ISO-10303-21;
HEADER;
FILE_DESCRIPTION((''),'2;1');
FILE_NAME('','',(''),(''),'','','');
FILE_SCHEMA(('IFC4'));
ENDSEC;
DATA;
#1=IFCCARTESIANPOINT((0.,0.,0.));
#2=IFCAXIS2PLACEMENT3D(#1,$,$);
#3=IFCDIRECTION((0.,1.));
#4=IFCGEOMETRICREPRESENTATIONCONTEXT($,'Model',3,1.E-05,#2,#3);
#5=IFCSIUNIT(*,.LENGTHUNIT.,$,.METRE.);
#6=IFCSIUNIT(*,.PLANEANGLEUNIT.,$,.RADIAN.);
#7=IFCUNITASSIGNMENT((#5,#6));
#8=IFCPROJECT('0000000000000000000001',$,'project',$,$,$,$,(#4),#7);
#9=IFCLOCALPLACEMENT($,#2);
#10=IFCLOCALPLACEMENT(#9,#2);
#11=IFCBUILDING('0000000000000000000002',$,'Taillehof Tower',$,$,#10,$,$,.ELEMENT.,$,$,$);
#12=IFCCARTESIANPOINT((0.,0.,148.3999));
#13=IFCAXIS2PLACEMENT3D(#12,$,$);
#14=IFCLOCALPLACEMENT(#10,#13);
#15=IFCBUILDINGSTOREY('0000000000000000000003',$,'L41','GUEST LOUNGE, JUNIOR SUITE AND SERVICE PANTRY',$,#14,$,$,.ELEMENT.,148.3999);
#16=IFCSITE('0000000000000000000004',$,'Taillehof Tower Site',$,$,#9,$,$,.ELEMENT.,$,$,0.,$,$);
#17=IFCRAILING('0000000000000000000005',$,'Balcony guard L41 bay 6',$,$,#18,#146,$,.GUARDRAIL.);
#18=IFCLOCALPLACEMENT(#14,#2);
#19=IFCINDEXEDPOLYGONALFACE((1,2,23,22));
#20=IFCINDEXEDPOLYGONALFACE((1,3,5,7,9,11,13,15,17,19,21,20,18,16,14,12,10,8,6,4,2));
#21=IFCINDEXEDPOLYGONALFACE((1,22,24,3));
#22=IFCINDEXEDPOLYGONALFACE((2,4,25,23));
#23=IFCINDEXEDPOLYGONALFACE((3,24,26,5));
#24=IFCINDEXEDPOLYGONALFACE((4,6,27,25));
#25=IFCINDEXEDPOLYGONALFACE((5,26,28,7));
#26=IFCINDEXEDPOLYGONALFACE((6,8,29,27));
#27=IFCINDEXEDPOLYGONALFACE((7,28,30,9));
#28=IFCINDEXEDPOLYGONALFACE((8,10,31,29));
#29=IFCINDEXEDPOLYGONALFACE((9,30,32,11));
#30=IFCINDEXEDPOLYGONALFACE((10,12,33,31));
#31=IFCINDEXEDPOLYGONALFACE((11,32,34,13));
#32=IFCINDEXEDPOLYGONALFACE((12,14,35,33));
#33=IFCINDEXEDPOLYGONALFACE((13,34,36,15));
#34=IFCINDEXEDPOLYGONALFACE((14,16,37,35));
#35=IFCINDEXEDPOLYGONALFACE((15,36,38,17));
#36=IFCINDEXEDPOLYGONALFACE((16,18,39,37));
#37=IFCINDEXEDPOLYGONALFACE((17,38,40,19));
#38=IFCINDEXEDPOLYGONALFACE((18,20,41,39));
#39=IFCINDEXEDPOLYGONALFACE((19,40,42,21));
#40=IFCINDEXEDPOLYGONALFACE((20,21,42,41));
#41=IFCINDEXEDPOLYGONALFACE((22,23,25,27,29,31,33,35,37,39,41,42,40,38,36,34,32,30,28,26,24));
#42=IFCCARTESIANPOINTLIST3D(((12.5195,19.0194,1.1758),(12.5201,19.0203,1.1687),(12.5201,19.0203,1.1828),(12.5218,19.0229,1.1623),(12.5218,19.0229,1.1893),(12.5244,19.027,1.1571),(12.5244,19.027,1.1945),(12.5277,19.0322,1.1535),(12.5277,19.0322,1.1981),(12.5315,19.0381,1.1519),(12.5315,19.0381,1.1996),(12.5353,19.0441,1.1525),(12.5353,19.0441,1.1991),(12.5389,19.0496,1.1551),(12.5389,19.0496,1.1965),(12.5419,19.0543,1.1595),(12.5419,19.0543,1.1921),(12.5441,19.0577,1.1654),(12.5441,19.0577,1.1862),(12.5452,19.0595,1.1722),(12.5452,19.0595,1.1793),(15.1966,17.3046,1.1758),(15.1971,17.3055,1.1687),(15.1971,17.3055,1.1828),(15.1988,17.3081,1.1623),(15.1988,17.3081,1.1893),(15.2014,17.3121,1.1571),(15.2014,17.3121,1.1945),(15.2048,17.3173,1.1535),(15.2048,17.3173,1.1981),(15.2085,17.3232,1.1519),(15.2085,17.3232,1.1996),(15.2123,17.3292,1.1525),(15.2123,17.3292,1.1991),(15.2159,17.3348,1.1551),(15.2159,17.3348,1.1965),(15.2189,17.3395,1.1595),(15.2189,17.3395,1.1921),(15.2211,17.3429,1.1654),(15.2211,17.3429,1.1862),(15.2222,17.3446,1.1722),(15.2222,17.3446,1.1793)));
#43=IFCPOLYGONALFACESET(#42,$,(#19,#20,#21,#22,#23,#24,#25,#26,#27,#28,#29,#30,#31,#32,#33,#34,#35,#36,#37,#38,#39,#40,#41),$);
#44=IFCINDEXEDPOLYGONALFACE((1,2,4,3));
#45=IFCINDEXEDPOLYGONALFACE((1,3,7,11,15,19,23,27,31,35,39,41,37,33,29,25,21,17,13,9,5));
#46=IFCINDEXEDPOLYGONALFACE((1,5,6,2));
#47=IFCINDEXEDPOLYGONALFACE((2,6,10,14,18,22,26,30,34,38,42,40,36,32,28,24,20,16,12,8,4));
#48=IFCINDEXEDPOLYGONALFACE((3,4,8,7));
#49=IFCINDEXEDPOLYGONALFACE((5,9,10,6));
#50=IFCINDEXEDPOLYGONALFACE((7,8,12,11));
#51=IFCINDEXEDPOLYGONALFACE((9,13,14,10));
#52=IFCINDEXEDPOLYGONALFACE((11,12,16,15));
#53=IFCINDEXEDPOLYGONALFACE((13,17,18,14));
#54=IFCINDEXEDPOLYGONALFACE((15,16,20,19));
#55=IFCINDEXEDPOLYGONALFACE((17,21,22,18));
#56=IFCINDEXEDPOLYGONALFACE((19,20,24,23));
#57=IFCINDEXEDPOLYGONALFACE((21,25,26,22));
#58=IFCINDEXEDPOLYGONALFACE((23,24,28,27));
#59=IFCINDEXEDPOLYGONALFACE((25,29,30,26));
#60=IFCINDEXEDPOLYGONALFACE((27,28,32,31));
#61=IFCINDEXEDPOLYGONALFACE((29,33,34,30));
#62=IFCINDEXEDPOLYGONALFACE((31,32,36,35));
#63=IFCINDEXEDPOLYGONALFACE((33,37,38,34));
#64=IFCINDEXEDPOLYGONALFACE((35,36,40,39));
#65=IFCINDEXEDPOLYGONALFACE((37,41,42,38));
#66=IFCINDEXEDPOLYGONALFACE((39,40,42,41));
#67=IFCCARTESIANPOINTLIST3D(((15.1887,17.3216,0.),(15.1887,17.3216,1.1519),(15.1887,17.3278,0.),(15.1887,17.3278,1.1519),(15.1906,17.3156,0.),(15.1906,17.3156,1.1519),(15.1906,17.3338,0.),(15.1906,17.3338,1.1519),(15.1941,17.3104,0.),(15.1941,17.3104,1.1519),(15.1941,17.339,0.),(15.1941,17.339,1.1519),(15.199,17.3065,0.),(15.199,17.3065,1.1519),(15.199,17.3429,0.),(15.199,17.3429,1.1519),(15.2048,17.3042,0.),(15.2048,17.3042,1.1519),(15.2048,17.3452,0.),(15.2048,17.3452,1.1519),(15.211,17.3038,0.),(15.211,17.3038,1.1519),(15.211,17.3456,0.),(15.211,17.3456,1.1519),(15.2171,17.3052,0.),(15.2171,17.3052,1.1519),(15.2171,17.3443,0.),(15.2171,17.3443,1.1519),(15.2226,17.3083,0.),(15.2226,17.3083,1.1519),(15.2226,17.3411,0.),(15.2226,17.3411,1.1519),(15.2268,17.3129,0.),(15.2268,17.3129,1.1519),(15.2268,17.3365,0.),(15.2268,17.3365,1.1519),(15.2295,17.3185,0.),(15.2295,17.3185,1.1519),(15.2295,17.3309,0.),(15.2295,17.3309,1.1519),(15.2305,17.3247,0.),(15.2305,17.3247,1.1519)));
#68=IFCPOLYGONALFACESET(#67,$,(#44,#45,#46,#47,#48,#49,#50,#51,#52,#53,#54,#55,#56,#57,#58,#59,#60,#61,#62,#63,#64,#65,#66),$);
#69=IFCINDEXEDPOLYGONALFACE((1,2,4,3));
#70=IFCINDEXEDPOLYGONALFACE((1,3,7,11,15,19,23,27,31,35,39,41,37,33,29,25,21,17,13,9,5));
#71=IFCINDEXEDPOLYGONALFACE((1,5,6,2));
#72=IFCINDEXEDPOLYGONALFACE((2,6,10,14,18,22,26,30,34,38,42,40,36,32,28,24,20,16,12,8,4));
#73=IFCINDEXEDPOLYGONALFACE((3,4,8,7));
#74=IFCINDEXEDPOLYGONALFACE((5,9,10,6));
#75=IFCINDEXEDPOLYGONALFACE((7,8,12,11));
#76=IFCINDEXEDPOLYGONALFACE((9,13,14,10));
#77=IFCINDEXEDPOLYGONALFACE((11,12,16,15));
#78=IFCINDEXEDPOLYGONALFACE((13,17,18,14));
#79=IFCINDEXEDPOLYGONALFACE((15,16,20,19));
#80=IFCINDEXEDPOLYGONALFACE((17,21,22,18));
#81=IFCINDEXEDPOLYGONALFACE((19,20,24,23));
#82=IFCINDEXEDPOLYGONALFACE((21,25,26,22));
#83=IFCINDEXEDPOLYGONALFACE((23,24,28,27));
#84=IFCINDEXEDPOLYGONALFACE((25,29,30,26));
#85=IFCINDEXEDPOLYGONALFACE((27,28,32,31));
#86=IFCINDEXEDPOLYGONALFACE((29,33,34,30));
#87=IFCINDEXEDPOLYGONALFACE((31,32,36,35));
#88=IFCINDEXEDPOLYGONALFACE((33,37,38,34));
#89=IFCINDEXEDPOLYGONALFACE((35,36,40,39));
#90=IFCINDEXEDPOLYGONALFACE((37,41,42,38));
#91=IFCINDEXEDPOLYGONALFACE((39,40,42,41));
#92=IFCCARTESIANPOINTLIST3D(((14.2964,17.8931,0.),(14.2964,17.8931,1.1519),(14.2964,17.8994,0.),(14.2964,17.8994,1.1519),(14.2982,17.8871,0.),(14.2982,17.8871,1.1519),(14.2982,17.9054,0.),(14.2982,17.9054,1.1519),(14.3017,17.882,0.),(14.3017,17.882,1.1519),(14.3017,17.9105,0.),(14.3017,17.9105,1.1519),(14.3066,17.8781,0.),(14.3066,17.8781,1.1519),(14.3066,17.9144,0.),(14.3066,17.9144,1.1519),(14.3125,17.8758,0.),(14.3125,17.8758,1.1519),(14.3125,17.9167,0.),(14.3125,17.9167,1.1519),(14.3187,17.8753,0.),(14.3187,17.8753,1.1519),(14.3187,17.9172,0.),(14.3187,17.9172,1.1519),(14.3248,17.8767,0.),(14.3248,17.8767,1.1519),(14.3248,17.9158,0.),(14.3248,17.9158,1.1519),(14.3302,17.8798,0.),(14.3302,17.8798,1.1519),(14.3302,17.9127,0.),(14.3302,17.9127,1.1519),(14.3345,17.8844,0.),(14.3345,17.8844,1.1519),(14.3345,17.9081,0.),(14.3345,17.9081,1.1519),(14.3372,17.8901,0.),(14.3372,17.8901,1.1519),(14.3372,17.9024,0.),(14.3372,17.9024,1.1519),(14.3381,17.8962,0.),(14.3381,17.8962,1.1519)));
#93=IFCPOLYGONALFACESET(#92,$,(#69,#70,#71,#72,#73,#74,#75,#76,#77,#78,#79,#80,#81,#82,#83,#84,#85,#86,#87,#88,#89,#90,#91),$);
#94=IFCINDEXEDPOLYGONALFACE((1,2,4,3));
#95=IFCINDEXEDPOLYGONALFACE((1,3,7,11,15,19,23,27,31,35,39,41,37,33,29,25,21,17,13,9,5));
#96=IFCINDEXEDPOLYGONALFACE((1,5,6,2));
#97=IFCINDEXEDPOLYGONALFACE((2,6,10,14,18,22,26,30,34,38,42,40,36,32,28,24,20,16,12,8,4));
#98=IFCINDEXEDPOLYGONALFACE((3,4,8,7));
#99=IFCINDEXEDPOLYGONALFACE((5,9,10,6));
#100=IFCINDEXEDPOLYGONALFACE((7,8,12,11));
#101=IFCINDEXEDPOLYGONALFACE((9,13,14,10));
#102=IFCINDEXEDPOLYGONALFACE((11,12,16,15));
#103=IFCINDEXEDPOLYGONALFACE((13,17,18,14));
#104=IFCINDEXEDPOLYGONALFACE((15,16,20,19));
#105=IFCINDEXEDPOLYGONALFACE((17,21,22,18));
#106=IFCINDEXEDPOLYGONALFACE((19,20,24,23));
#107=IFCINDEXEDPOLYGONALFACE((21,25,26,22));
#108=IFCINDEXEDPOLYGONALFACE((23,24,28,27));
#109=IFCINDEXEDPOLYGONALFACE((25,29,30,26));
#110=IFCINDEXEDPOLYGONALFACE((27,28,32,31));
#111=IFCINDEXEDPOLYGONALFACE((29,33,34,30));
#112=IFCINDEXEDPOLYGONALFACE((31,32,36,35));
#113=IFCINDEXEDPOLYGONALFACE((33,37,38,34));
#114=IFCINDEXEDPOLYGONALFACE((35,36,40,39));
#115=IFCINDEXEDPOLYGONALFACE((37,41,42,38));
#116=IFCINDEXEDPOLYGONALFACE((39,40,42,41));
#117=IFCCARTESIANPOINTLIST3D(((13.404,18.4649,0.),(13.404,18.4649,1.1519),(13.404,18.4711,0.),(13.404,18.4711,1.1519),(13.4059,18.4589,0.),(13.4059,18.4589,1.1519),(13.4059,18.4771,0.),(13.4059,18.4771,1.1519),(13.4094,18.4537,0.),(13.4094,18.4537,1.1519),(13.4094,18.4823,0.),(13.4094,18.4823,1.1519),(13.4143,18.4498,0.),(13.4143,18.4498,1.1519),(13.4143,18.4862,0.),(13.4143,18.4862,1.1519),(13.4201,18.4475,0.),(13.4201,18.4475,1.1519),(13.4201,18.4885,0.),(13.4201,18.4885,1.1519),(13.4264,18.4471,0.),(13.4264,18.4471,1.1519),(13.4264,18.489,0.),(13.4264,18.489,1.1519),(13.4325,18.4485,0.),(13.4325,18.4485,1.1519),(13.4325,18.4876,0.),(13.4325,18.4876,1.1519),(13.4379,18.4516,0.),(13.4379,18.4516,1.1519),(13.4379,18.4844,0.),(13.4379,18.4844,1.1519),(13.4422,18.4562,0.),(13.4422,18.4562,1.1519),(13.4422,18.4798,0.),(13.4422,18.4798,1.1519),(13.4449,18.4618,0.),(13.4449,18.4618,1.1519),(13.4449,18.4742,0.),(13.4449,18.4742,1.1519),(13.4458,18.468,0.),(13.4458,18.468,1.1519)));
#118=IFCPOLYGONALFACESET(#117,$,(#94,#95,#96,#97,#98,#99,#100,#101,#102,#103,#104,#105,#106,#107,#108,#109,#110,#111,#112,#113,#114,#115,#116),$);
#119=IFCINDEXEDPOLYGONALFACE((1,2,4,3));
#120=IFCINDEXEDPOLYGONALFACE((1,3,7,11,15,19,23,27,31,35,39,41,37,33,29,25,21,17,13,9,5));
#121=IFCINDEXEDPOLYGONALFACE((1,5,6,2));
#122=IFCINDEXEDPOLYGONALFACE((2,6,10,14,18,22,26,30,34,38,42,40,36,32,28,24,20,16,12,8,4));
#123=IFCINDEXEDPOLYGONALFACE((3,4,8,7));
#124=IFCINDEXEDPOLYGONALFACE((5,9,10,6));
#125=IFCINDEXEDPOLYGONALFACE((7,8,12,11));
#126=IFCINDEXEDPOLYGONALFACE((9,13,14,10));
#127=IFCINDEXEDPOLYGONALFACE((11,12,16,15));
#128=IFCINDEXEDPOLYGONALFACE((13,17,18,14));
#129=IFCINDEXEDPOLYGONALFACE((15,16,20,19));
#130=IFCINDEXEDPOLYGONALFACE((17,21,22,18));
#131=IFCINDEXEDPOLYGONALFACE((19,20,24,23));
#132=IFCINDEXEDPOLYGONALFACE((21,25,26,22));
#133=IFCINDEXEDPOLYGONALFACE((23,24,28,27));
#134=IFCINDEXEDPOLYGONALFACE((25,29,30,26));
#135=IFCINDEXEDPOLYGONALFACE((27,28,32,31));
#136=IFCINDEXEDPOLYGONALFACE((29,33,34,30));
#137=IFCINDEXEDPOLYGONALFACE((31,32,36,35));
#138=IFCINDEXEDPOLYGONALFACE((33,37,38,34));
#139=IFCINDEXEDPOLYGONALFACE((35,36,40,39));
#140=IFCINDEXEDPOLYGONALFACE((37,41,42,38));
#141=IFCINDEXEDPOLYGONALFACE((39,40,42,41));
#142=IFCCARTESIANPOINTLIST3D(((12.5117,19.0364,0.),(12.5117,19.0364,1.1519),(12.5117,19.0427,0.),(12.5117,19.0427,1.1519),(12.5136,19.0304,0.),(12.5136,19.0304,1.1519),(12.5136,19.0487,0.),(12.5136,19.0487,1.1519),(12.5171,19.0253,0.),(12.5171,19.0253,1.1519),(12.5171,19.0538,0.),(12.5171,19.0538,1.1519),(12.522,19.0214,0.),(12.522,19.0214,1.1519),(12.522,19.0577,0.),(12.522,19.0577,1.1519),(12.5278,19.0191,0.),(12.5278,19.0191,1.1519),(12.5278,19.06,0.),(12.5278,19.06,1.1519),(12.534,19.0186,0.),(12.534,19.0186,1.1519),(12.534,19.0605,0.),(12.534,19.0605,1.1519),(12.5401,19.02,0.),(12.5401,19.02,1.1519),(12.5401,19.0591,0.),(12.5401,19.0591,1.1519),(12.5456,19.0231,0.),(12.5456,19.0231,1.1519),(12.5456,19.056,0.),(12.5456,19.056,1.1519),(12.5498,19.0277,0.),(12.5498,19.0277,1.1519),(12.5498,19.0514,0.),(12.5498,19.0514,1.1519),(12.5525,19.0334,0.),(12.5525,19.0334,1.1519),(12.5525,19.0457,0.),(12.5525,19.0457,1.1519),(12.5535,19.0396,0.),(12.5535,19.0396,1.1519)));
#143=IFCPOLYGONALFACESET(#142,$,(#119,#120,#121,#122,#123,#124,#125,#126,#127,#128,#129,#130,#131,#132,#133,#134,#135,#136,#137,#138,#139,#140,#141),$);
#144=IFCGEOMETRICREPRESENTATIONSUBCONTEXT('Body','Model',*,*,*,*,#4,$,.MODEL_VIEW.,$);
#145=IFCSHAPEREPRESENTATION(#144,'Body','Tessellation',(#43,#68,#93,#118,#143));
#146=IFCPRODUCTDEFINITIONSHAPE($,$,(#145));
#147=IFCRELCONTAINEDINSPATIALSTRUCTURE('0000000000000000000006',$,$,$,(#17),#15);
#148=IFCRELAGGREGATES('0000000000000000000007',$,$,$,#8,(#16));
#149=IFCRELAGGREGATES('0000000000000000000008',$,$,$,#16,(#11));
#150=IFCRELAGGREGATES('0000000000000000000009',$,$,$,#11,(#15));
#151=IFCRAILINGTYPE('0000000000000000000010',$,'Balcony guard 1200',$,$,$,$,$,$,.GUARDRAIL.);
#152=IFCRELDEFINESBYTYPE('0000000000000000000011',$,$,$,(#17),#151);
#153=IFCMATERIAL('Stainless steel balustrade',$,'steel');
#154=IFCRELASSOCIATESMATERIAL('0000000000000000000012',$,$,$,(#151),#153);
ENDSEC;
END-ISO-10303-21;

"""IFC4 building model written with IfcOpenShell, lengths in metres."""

from ifc_helpers import new_model, si_unit, direction, frame, origin, origin_2d, place, context, subcontext, project, spatial, circle, extrude, material, type_object, element, save


model = new_model("IFC4")

# Units and contexts
model_context = context("Model", 3, precision=1e-05, world=origin(), true_north=direction((0.0, 1.0)))
body_context = subcontext(model_context, "Body", "Model", "MODEL_VIEW")
ifc_project = project(units=[si_unit("LENGTHUNIT", "METRE"), si_unit("PLANEANGLEUNIT", "RADIAN")], contexts=[model_context])

# Site, building, storey
site_placement = place(None, origin())
site = spatial("IfcSite", under=ifc_project, at=site_placement, Name="Taillehof Tower Site", CompositionType="ELEMENT", RefElevation=0.0)
building_placement = place(site_placement, origin())
building = spatial("IfcBuilding", under=site, at=building_placement, Name="Taillehof Tower", CompositionType="ELEMENT")
storey_placement = place(building_placement, frame((0.0, 0.0, 148.3999)))
storey = spatial("IfcBuildingStorey", under=building, at=storey_placement, Name="L41", Description="GUEST LOUNGE, JUNIOR SUITE AND SERVICE PANTRY", CompositionType="ELEMENT", Elevation=148.3999)

# Railing
ifc_material_1 = material(Name="Stainless steel balustrade", Category="steel")
railing_type = type_object("IfcRailingType", Name="Balcony guard 1200", PredefinedType="GUARDRAIL", material=ifc_material_1)
railing_1_placement = place(storey_placement, frame((15.2095, 17.3247, 0.0)))
element("IfcRailing", 1, at=railing_1_placement, inside=storey, type_object=railing_type, Name="Balcony guard L41 bay 6", PredefinedType="GUARDRAIL", context=body_context, shape_type="SweptSolid", body=[
    extrude(circle(Radius=0.0239, at=origin_2d()), frame((0.0, 0.0, 1.1758), z_axis=(-0.842048, 0.539402, 0.0), x_axis=(-0.539402, -0.842048, 0.0)), (0.0, 0.0, 1.0), 3.1792),
    extrude(circle(Radius=0.021, at=origin_2d()), origin(), (0.0, 0.0, 1.0), 1.1519),
    extrude(circle(Radius=0.021, at=origin_2d()), frame((-0.8923, 0.5715, 0.0)), (0.0, 0.0, 1.0), 1.1519),
    extrude(circle(Radius=0.021, at=origin_2d()), frame((-1.7847, 1.1433, 0.0)), (0.0, 0.0, 1.0), 1.1519),
    extrude(circle(Radius=0.021, at=origin_2d()), frame((-2.677, 1.7148, 0.0)), (0.0, 0.0, 1.0), 1.1519),
])

save(model, "model.ifc")
